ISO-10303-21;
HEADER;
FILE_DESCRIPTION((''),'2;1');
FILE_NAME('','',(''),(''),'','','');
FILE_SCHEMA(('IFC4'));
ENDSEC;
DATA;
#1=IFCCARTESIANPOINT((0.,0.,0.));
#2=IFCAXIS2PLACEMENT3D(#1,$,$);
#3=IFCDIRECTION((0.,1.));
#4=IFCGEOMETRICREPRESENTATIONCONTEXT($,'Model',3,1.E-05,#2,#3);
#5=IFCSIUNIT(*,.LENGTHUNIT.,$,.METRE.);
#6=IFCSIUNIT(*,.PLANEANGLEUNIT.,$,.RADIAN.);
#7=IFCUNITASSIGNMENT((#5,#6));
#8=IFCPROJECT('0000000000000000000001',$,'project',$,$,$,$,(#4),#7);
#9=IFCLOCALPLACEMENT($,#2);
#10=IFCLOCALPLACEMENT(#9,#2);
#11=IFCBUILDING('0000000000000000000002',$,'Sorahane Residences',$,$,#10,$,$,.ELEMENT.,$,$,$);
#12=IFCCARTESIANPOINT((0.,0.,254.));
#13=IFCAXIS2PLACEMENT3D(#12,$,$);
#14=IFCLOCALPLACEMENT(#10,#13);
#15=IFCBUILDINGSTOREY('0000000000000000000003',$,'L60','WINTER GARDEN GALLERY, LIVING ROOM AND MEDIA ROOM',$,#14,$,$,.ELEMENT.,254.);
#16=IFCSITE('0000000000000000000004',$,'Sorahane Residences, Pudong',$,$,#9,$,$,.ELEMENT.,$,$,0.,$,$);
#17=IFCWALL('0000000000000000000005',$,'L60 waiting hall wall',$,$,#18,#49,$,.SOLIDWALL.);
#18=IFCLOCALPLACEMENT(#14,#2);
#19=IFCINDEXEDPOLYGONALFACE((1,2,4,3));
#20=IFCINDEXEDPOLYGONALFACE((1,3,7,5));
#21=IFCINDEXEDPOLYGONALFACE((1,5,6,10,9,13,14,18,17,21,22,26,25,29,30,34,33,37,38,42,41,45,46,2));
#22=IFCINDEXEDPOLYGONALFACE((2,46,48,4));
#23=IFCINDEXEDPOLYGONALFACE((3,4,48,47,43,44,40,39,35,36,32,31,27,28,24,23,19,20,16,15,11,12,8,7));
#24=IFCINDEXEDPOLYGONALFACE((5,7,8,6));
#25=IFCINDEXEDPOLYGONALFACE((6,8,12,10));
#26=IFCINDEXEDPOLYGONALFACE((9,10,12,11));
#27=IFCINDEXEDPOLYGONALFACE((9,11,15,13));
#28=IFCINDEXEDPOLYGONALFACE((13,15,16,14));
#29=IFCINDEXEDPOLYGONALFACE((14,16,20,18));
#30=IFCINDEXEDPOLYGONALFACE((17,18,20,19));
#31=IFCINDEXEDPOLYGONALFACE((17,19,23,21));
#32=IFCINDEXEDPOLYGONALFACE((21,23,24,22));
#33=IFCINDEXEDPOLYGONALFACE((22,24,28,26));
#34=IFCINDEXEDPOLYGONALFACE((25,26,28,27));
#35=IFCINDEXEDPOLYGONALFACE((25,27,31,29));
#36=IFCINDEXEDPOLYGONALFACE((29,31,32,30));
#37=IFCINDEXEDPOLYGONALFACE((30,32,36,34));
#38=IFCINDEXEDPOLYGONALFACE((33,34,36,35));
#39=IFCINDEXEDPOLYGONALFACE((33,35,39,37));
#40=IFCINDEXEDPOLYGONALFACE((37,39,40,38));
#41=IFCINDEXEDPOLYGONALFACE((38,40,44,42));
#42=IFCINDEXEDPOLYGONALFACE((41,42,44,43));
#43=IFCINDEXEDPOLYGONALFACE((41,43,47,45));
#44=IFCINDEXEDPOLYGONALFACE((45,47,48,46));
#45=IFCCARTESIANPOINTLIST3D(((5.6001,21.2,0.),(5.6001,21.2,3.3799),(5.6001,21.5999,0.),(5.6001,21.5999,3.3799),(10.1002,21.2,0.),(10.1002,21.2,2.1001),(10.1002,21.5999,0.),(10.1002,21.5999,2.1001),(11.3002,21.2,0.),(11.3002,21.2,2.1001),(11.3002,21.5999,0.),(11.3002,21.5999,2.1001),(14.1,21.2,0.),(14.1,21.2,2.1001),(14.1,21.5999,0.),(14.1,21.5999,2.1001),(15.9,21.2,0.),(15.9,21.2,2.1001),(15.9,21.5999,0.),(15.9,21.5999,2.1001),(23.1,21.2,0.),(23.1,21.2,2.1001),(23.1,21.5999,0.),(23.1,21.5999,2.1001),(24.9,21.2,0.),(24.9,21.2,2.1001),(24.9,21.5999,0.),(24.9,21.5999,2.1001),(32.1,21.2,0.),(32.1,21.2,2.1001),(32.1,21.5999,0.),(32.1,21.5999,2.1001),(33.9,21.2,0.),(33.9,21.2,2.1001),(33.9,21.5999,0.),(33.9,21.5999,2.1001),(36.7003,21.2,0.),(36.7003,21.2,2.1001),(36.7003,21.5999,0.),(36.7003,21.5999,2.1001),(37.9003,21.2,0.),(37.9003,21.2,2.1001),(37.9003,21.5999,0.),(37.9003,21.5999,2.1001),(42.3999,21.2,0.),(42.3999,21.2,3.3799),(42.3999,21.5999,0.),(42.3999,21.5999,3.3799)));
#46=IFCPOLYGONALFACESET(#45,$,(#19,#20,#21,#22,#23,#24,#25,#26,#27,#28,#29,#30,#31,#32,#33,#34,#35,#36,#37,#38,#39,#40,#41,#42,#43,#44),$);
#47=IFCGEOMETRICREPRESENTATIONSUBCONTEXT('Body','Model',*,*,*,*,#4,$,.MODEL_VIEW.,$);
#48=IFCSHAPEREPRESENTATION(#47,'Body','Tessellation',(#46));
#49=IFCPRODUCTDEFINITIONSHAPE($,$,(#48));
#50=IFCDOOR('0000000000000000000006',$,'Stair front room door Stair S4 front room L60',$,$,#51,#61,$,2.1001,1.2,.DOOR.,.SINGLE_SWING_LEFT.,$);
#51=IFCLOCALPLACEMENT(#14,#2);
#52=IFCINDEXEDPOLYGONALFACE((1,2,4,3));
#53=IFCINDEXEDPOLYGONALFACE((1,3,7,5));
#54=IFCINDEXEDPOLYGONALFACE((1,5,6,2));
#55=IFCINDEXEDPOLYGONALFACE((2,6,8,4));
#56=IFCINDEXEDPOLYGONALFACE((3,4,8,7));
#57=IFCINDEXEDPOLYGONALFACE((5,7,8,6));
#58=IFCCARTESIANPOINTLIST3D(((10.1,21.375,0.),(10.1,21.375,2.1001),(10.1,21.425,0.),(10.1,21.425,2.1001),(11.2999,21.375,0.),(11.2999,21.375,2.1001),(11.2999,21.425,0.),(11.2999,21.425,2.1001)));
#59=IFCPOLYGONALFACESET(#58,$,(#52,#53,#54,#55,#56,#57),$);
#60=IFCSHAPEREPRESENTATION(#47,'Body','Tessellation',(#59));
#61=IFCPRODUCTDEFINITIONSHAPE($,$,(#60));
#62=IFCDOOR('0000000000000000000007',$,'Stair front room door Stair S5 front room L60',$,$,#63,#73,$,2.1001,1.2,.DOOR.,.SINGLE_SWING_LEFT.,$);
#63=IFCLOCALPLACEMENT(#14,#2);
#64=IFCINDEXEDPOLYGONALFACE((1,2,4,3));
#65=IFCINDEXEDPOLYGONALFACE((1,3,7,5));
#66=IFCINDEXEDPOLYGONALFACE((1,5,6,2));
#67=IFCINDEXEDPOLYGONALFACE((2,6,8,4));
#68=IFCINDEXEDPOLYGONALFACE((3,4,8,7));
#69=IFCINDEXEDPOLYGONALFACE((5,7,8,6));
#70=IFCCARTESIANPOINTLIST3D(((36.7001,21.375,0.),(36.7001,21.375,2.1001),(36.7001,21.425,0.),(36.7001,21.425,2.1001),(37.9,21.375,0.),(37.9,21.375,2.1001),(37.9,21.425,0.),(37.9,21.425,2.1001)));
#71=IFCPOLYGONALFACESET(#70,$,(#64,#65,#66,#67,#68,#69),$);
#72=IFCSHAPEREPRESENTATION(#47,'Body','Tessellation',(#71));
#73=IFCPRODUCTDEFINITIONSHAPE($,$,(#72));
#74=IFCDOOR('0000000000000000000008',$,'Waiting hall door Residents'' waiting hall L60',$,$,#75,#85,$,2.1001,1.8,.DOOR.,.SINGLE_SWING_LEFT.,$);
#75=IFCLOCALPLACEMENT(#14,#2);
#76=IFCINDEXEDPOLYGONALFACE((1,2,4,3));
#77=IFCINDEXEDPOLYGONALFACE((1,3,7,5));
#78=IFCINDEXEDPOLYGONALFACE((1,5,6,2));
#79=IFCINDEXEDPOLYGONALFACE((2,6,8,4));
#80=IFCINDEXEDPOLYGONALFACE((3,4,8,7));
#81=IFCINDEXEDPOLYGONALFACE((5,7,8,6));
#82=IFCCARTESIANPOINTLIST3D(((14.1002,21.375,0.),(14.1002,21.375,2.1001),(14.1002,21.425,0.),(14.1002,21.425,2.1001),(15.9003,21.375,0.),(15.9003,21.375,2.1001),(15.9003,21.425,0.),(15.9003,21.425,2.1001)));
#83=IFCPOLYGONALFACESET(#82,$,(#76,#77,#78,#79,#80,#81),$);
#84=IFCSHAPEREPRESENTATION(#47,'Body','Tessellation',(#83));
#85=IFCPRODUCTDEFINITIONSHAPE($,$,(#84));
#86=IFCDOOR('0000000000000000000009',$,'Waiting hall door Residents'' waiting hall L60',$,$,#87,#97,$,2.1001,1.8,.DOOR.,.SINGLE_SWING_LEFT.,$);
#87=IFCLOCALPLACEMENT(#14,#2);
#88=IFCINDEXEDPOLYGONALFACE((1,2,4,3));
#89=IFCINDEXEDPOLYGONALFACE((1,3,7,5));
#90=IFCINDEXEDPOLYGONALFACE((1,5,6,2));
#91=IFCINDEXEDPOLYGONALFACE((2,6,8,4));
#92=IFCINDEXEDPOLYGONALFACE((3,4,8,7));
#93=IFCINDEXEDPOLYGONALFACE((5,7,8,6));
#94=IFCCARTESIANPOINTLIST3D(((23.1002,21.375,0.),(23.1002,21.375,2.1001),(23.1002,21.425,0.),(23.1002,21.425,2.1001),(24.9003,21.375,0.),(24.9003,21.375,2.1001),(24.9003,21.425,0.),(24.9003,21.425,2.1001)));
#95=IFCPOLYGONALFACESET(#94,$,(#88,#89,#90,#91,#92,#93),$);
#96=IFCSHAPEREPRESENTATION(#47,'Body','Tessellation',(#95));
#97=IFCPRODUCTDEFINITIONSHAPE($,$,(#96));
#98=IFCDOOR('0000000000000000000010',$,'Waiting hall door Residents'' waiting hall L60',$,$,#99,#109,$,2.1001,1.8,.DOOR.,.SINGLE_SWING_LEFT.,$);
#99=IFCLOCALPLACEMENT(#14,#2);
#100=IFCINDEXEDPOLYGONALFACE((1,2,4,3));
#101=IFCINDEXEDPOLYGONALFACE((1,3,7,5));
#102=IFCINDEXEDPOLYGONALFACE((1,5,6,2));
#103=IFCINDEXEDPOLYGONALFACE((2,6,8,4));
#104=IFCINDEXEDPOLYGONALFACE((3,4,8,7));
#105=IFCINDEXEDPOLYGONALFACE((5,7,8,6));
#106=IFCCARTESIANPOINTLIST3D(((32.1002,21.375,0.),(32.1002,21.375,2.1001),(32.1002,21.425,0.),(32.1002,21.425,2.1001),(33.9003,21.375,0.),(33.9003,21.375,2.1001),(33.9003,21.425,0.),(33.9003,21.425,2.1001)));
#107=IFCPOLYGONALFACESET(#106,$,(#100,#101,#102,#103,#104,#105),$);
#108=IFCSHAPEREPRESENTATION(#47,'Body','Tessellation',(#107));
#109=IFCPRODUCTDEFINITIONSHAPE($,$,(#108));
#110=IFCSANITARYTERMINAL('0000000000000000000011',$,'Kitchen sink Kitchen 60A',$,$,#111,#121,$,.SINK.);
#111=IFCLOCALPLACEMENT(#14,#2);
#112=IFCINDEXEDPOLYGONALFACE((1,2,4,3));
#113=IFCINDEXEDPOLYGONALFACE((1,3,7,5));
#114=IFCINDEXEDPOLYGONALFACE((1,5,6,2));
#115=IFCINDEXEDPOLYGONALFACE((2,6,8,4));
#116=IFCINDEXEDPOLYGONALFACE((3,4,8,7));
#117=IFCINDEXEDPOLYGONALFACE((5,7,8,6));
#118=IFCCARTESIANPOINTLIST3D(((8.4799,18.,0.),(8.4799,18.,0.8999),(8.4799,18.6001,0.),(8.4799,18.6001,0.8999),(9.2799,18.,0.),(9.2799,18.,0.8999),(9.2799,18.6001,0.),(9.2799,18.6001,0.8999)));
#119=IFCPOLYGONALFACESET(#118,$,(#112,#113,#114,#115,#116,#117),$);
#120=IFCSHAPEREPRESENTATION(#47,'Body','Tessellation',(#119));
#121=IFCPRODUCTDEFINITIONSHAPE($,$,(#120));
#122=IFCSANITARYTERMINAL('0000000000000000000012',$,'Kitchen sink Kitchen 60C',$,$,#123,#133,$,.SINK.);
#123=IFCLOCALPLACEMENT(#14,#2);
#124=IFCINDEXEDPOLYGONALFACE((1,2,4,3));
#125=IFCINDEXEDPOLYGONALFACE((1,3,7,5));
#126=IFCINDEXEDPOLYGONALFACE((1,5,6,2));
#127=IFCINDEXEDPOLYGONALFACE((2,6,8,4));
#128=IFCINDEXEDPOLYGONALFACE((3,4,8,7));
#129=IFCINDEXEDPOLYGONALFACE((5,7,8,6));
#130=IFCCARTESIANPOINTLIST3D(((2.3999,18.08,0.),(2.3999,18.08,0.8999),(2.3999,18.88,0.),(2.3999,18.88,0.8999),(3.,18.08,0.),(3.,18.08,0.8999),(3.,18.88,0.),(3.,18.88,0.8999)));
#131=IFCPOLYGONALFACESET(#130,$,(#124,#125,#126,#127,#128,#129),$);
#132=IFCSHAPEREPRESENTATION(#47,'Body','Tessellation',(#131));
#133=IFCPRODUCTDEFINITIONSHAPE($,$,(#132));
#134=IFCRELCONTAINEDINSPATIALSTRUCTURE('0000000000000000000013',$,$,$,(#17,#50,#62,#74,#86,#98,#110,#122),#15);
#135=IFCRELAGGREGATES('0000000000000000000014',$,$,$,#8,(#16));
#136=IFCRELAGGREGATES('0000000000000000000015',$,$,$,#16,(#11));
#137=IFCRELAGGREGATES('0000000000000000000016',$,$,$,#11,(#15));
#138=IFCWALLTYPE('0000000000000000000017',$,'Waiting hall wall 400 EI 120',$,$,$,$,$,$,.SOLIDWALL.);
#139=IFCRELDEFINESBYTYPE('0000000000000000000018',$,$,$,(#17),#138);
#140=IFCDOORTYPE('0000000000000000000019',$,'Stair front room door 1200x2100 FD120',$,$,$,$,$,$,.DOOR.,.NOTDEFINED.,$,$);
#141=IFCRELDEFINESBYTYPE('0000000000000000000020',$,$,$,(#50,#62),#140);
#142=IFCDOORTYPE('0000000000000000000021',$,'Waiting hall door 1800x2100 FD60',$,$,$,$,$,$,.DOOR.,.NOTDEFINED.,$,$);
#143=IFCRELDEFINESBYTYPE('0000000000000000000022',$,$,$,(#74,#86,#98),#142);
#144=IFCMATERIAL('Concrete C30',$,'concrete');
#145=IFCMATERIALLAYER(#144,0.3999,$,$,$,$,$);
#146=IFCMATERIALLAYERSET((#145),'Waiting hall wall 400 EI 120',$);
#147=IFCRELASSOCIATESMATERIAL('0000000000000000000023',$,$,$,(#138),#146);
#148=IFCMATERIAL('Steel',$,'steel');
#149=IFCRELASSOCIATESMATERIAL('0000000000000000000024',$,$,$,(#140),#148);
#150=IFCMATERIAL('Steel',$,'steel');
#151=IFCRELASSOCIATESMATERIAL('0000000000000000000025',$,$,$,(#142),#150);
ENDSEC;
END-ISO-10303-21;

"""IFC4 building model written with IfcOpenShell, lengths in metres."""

from ifc_helpers import new_model, si_unit, direction, frame, frame_2d, origin, origin_2d, place, context, subcontext, project, spatial, rectangle, extrude, material, layer, layer_set, type_object, element, fill, save


model = new_model("IFC4")

# Units and contexts
model_context = context("Model", 3, precision=1e-05, world=origin(), true_north=direction((0.0, 1.0)))
body_context = subcontext(model_context, "Body", "Model", "MODEL_VIEW")
ifc_project = project(units=[si_unit("LENGTHUNIT", "METRE"), si_unit("PLANEANGLEUNIT", "RADIAN")], contexts=[model_context])

# Site, building, storey
site_placement = place(None, origin())
site = spatial("IfcSite", under=ifc_project, at=site_placement, Name="Sorahane Residences, Pudong", CompositionType="ELEMENT", RefElevation=0.0)
building_placement = place(site_placement, origin())
building = spatial("IfcBuilding", under=site, at=building_placement, Name="Sorahane Residences", CompositionType="ELEMENT")
storey_placement = place(building_placement, frame((0.0, 0.0, 254.0)))
storey = spatial("IfcBuildingStorey", under=building, at=storey_placement, Name="L60", Description="WINTER GARDEN GALLERY, LIVING ROOM AND MEDIA ROOM", CompositionType="ELEMENT", Elevation=254.0)

# Wall, openings, doors
ifc_material_1 = material(Name="Concrete C30", Category="concrete")
ifc_layer_1 = layer(ifc_material_1, 0.3999)
ifc_layer_set_1 = layer_set([ifc_layer_1], Name="Waiting hall wall 400 EI 120")
wall_type_1 = type_object("IfcWallType", Name="Waiting hall wall 400 EI 120", PredefinedType="SOLIDWALL", material=ifc_layer_set_1)
wall_1_placement = place(storey_placement, frame((5.6001, 21.3999, 0.0), z_axis=(0.0, 0.0, 1.0), x_axis=(1.0, 0.0, 0.0)))
wall_1 = element("IfcWall", 1, at=wall_1_placement, inside=storey, type_object=wall_type_1, Name="L60 waiting hall wall", PredefinedType="SOLIDWALL", context=body_context, shape_type="SweptSolid", body=[
    extrude(rectangle(XDim=36.7998, YDim=0.3999, at=frame_2d((18.3999, 0.0))), origin(), (0.0, 0.0, 1.0), 3.3799),
])
opening_1_placement = place(wall_1_placement, frame((8.5, 0.0, 0.0)))
opening_1 = element("IfcOpeningElement", 2, at=opening_1_placement, cuts=wall_1, PredefinedType="OPENING", context=body_context, shape_type="SweptSolid", body=[
    extrude(rectangle(XDim=1.8, YDim=2.1001, at=frame_2d((0.8999, 1.05))), frame((0.0, 0.21, 0.0), z_axis=(0.0, -1.0, 0.0), x_axis=(1.0, 0.0, 0.0)), (0.0, 0.0, 1.0), 0.4199),
])
opening_2_placement = place(wall_1_placement, frame((17.5, 0.0, 0.0)))
opening_2 = element("IfcOpeningElement", 3, at=opening_2_placement, cuts=wall_1, PredefinedType="OPENING", context=body_context, shape_type="SweptSolid", body=[
    extrude(rectangle(XDim=1.8, YDim=2.1001, at=frame_2d((0.8999, 1.05))), frame((0.0, 0.21, 0.0), z_axis=(0.0, -1.0, 0.0), x_axis=(1.0, 0.0, 0.0)), (0.0, 0.0, 1.0), 0.4199),
])
opening_3_placement = place(wall_1_placement, frame((26.5, 0.0, 0.0)))
opening_3 = element("IfcOpeningElement", 4, at=opening_3_placement, cuts=wall_1, PredefinedType="OPENING", context=body_context, shape_type="SweptSolid", body=[
    extrude(rectangle(XDim=1.8, YDim=2.1001, at=frame_2d((0.8999, 1.05))), frame((0.0, 0.21, 0.0), z_axis=(0.0, -1.0, 0.0), x_axis=(1.0, 0.0, 0.0)), (0.0, 0.0, 1.0), 0.4199),
])
opening_4_placement = place(wall_1_placement, frame((4.5, 0.0, 0.0)))
opening_4 = element("IfcOpeningElement", 5, at=opening_4_placement, cuts=wall_1, PredefinedType="OPENING", context=body_context, shape_type="SweptSolid", body=[
    extrude(rectangle(XDim=1.2, YDim=2.1001, at=frame_2d((0.6001, 1.05))), frame((0.0, 0.21, 0.0), z_axis=(0.0, -1.0, 0.0), x_axis=(1.0, 0.0, 0.0)), (0.0, 0.0, 1.0), 0.4199),
])
opening_5_placement = place(wall_1_placement, frame((31.1001, 0.0, 0.0)))
opening_5 = element("IfcOpeningElement", 6, at=opening_5_placement, cuts=wall_1, PredefinedType="OPENING", context=body_context, shape_type="SweptSolid", body=[
    extrude(rectangle(XDim=1.2, YDim=2.1001, at=frame_2d((0.6001, 1.05))), frame((0.0, 0.21, 0.0), z_axis=(0.0, -1.0, 0.0), x_axis=(1.0, 0.0, 0.0)), (0.0, 0.0, 1.0), 0.4199),
])
ifc_material_2 = material(Name="Steel", Category="steel")
door_type_1 = type_object("IfcDoorType", Name="Stair front room door 1200x2100 FD120", OperationType="NOTDEFINED", PredefinedType="DOOR", material=ifc_material_2)
door_1_placement = place(opening_4_placement, frame((1.2, 0.0, 0.0), z_axis=(0.0, 0.0, 1.0), x_axis=(-1.0, 0.0, 0.0)))
door_1 = element("IfcDoor", 7, at=door_1_placement, inside=storey, type_object=door_type_1, Name="Stair front room door Stair S4 front room L60", OperationType="SINGLE_SWING_LEFT", OverallHeight=2.1001, OverallWidth=1.2, PredefinedType="DOOR", context=body_context, shape_type="SweptSolid", body=[
    extrude(rectangle(XDim=1.2, YDim=2.1001, at=frame_2d((0.6001, 1.05))), frame((0.0, 0.0249, 0.0), z_axis=(0.0, -1.0, 0.0), x_axis=(1.0, 0.0, 0.0)), (0.0, 0.0, 1.0), 0.05),
])
fill(opening_4, door_1)
door_2_placement = place(opening_5_placement, frame((1.2, 0.0, 0.0), z_axis=(0.0, 0.0, 1.0), x_axis=(-1.0, 0.0, 0.0)))
door_2 = element("IfcDoor", 8, at=door_2_placement, inside=storey, type_object=door_type_1, Name="Stair front room door Stair S5 front room L60", OperationType="SINGLE_SWING_LEFT", OverallHeight=2.1001, OverallWidth=1.2, PredefinedType="DOOR", context=body_context, shape_type="SweptSolid", body=[
    extrude(rectangle(XDim=1.2, YDim=2.1001, at=frame_2d((0.6001, 1.05))), frame((0.0, 0.0249, 0.0), z_axis=(0.0, -1.0, 0.0), x_axis=(1.0, 0.0, 0.0)), (0.0, 0.0, 1.0), 0.05),
])
fill(opening_5, door_2)
ifc_material_3 = material(Name="Steel", Category="steel")
door_type_2 = type_object("IfcDoorType", Name="Waiting hall door 1800x2100 FD60", OperationType="NOTDEFINED", PredefinedType="DOOR", material=ifc_material_3)
door_3_placement = place(opening_1_placement, frame((1.8, 0.0, 0.0), z_axis=(0.0, 0.0, 1.0), x_axis=(-1.0, 0.0, 0.0)))
door_3 = element("IfcDoor", 9, at=door_3_placement, inside=storey, type_object=door_type_2, Name="Waiting hall door Residents' waiting hall L60", OperationType="SINGLE_SWING_LEFT", OverallHeight=2.1001, OverallWidth=1.8, PredefinedType="DOOR", context=body_context, shape_type="SweptSolid", body=[
    extrude(rectangle(XDim=1.8, YDim=2.1001, at=frame_2d((0.8999, 1.05))), frame((0.0, 0.0249, 0.0), z_axis=(0.0, -1.0, 0.0), x_axis=(1.0, 0.0, 0.0)), (0.0, 0.0, 1.0), 0.05),
])
fill(opening_1, door_3)
door_4_placement = place(opening_2_placement, frame((1.8, 0.0, 0.0), z_axis=(0.0, 0.0, 1.0), x_axis=(-1.0, 0.0, 0.0)))
door_4 = element("IfcDoor", 10, at=door_4_placement, inside=storey, type_object=door_type_2, Name="Waiting hall door Residents' waiting hall L60", OperationType="SINGLE_SWING_LEFT", OverallHeight=2.1001, OverallWidth=1.8, PredefinedType="DOOR", context=body_context, shape_type="SweptSolid", body=[
    extrude(rectangle(XDim=1.8, YDim=2.1001, at=frame_2d((0.8999, 1.05))), frame((0.0, 0.0249, 0.0), z_axis=(0.0, -1.0, 0.0), x_axis=(1.0, 0.0, 0.0)), (0.0, 0.0, 1.0), 0.05),
])
fill(opening_2, door_4)
door_5_placement = place(opening_3_placement, frame((1.8, 0.0, 0.0), z_axis=(0.0, 0.0, 1.0), x_axis=(-1.0, 0.0, 0.0)))
door_5 = element("IfcDoor", 11, at=door_5_placement, inside=storey, type_object=door_type_2, Name="Waiting hall door Residents' waiting hall L60", OperationType="SINGLE_SWING_LEFT", OverallHeight=2.1001, OverallWidth=1.8, PredefinedType="DOOR", context=body_context, shape_type="SweptSolid", body=[
    extrude(rectangle(XDim=1.8, YDim=2.1001, at=frame_2d((0.8999, 1.05))), frame((0.0, 0.0249, 0.0), z_axis=(0.0, -1.0, 0.0), x_axis=(1.0, 0.0, 0.0)), (0.0, 0.0, 1.0), 0.05),
])
fill(opening_3, door_5)

# Sanitary terminals
for number, where, z_axis, x_axis, name in (
    (12, (8.8799, 18.3, 0.0), (0.0, 0.0, 1.0), (1.0, 0.0, 0.0), "Kitchen sink Kitchen 60A"),
    (13, (2.7, 18.48, 0.0), (0.0, 0.0, 1.0), (0.0, -1.0, 0.0), "Kitchen sink Kitchen 60C"),
):
    element("IfcSanitaryTerminal", number, at=place(storey_placement, frame(where, z_axis=z_axis, x_axis=x_axis)), inside=storey, Name=name, PredefinedType="SINK", context=body_context, shape_type="SweptSolid", body=[
        extrude(rectangle(XDim=0.8, YDim=0.6001, at=origin_2d()), origin(), (0.0, 0.0, 1.0), 0.8999),
    ])

save(model, "model.ifc")
